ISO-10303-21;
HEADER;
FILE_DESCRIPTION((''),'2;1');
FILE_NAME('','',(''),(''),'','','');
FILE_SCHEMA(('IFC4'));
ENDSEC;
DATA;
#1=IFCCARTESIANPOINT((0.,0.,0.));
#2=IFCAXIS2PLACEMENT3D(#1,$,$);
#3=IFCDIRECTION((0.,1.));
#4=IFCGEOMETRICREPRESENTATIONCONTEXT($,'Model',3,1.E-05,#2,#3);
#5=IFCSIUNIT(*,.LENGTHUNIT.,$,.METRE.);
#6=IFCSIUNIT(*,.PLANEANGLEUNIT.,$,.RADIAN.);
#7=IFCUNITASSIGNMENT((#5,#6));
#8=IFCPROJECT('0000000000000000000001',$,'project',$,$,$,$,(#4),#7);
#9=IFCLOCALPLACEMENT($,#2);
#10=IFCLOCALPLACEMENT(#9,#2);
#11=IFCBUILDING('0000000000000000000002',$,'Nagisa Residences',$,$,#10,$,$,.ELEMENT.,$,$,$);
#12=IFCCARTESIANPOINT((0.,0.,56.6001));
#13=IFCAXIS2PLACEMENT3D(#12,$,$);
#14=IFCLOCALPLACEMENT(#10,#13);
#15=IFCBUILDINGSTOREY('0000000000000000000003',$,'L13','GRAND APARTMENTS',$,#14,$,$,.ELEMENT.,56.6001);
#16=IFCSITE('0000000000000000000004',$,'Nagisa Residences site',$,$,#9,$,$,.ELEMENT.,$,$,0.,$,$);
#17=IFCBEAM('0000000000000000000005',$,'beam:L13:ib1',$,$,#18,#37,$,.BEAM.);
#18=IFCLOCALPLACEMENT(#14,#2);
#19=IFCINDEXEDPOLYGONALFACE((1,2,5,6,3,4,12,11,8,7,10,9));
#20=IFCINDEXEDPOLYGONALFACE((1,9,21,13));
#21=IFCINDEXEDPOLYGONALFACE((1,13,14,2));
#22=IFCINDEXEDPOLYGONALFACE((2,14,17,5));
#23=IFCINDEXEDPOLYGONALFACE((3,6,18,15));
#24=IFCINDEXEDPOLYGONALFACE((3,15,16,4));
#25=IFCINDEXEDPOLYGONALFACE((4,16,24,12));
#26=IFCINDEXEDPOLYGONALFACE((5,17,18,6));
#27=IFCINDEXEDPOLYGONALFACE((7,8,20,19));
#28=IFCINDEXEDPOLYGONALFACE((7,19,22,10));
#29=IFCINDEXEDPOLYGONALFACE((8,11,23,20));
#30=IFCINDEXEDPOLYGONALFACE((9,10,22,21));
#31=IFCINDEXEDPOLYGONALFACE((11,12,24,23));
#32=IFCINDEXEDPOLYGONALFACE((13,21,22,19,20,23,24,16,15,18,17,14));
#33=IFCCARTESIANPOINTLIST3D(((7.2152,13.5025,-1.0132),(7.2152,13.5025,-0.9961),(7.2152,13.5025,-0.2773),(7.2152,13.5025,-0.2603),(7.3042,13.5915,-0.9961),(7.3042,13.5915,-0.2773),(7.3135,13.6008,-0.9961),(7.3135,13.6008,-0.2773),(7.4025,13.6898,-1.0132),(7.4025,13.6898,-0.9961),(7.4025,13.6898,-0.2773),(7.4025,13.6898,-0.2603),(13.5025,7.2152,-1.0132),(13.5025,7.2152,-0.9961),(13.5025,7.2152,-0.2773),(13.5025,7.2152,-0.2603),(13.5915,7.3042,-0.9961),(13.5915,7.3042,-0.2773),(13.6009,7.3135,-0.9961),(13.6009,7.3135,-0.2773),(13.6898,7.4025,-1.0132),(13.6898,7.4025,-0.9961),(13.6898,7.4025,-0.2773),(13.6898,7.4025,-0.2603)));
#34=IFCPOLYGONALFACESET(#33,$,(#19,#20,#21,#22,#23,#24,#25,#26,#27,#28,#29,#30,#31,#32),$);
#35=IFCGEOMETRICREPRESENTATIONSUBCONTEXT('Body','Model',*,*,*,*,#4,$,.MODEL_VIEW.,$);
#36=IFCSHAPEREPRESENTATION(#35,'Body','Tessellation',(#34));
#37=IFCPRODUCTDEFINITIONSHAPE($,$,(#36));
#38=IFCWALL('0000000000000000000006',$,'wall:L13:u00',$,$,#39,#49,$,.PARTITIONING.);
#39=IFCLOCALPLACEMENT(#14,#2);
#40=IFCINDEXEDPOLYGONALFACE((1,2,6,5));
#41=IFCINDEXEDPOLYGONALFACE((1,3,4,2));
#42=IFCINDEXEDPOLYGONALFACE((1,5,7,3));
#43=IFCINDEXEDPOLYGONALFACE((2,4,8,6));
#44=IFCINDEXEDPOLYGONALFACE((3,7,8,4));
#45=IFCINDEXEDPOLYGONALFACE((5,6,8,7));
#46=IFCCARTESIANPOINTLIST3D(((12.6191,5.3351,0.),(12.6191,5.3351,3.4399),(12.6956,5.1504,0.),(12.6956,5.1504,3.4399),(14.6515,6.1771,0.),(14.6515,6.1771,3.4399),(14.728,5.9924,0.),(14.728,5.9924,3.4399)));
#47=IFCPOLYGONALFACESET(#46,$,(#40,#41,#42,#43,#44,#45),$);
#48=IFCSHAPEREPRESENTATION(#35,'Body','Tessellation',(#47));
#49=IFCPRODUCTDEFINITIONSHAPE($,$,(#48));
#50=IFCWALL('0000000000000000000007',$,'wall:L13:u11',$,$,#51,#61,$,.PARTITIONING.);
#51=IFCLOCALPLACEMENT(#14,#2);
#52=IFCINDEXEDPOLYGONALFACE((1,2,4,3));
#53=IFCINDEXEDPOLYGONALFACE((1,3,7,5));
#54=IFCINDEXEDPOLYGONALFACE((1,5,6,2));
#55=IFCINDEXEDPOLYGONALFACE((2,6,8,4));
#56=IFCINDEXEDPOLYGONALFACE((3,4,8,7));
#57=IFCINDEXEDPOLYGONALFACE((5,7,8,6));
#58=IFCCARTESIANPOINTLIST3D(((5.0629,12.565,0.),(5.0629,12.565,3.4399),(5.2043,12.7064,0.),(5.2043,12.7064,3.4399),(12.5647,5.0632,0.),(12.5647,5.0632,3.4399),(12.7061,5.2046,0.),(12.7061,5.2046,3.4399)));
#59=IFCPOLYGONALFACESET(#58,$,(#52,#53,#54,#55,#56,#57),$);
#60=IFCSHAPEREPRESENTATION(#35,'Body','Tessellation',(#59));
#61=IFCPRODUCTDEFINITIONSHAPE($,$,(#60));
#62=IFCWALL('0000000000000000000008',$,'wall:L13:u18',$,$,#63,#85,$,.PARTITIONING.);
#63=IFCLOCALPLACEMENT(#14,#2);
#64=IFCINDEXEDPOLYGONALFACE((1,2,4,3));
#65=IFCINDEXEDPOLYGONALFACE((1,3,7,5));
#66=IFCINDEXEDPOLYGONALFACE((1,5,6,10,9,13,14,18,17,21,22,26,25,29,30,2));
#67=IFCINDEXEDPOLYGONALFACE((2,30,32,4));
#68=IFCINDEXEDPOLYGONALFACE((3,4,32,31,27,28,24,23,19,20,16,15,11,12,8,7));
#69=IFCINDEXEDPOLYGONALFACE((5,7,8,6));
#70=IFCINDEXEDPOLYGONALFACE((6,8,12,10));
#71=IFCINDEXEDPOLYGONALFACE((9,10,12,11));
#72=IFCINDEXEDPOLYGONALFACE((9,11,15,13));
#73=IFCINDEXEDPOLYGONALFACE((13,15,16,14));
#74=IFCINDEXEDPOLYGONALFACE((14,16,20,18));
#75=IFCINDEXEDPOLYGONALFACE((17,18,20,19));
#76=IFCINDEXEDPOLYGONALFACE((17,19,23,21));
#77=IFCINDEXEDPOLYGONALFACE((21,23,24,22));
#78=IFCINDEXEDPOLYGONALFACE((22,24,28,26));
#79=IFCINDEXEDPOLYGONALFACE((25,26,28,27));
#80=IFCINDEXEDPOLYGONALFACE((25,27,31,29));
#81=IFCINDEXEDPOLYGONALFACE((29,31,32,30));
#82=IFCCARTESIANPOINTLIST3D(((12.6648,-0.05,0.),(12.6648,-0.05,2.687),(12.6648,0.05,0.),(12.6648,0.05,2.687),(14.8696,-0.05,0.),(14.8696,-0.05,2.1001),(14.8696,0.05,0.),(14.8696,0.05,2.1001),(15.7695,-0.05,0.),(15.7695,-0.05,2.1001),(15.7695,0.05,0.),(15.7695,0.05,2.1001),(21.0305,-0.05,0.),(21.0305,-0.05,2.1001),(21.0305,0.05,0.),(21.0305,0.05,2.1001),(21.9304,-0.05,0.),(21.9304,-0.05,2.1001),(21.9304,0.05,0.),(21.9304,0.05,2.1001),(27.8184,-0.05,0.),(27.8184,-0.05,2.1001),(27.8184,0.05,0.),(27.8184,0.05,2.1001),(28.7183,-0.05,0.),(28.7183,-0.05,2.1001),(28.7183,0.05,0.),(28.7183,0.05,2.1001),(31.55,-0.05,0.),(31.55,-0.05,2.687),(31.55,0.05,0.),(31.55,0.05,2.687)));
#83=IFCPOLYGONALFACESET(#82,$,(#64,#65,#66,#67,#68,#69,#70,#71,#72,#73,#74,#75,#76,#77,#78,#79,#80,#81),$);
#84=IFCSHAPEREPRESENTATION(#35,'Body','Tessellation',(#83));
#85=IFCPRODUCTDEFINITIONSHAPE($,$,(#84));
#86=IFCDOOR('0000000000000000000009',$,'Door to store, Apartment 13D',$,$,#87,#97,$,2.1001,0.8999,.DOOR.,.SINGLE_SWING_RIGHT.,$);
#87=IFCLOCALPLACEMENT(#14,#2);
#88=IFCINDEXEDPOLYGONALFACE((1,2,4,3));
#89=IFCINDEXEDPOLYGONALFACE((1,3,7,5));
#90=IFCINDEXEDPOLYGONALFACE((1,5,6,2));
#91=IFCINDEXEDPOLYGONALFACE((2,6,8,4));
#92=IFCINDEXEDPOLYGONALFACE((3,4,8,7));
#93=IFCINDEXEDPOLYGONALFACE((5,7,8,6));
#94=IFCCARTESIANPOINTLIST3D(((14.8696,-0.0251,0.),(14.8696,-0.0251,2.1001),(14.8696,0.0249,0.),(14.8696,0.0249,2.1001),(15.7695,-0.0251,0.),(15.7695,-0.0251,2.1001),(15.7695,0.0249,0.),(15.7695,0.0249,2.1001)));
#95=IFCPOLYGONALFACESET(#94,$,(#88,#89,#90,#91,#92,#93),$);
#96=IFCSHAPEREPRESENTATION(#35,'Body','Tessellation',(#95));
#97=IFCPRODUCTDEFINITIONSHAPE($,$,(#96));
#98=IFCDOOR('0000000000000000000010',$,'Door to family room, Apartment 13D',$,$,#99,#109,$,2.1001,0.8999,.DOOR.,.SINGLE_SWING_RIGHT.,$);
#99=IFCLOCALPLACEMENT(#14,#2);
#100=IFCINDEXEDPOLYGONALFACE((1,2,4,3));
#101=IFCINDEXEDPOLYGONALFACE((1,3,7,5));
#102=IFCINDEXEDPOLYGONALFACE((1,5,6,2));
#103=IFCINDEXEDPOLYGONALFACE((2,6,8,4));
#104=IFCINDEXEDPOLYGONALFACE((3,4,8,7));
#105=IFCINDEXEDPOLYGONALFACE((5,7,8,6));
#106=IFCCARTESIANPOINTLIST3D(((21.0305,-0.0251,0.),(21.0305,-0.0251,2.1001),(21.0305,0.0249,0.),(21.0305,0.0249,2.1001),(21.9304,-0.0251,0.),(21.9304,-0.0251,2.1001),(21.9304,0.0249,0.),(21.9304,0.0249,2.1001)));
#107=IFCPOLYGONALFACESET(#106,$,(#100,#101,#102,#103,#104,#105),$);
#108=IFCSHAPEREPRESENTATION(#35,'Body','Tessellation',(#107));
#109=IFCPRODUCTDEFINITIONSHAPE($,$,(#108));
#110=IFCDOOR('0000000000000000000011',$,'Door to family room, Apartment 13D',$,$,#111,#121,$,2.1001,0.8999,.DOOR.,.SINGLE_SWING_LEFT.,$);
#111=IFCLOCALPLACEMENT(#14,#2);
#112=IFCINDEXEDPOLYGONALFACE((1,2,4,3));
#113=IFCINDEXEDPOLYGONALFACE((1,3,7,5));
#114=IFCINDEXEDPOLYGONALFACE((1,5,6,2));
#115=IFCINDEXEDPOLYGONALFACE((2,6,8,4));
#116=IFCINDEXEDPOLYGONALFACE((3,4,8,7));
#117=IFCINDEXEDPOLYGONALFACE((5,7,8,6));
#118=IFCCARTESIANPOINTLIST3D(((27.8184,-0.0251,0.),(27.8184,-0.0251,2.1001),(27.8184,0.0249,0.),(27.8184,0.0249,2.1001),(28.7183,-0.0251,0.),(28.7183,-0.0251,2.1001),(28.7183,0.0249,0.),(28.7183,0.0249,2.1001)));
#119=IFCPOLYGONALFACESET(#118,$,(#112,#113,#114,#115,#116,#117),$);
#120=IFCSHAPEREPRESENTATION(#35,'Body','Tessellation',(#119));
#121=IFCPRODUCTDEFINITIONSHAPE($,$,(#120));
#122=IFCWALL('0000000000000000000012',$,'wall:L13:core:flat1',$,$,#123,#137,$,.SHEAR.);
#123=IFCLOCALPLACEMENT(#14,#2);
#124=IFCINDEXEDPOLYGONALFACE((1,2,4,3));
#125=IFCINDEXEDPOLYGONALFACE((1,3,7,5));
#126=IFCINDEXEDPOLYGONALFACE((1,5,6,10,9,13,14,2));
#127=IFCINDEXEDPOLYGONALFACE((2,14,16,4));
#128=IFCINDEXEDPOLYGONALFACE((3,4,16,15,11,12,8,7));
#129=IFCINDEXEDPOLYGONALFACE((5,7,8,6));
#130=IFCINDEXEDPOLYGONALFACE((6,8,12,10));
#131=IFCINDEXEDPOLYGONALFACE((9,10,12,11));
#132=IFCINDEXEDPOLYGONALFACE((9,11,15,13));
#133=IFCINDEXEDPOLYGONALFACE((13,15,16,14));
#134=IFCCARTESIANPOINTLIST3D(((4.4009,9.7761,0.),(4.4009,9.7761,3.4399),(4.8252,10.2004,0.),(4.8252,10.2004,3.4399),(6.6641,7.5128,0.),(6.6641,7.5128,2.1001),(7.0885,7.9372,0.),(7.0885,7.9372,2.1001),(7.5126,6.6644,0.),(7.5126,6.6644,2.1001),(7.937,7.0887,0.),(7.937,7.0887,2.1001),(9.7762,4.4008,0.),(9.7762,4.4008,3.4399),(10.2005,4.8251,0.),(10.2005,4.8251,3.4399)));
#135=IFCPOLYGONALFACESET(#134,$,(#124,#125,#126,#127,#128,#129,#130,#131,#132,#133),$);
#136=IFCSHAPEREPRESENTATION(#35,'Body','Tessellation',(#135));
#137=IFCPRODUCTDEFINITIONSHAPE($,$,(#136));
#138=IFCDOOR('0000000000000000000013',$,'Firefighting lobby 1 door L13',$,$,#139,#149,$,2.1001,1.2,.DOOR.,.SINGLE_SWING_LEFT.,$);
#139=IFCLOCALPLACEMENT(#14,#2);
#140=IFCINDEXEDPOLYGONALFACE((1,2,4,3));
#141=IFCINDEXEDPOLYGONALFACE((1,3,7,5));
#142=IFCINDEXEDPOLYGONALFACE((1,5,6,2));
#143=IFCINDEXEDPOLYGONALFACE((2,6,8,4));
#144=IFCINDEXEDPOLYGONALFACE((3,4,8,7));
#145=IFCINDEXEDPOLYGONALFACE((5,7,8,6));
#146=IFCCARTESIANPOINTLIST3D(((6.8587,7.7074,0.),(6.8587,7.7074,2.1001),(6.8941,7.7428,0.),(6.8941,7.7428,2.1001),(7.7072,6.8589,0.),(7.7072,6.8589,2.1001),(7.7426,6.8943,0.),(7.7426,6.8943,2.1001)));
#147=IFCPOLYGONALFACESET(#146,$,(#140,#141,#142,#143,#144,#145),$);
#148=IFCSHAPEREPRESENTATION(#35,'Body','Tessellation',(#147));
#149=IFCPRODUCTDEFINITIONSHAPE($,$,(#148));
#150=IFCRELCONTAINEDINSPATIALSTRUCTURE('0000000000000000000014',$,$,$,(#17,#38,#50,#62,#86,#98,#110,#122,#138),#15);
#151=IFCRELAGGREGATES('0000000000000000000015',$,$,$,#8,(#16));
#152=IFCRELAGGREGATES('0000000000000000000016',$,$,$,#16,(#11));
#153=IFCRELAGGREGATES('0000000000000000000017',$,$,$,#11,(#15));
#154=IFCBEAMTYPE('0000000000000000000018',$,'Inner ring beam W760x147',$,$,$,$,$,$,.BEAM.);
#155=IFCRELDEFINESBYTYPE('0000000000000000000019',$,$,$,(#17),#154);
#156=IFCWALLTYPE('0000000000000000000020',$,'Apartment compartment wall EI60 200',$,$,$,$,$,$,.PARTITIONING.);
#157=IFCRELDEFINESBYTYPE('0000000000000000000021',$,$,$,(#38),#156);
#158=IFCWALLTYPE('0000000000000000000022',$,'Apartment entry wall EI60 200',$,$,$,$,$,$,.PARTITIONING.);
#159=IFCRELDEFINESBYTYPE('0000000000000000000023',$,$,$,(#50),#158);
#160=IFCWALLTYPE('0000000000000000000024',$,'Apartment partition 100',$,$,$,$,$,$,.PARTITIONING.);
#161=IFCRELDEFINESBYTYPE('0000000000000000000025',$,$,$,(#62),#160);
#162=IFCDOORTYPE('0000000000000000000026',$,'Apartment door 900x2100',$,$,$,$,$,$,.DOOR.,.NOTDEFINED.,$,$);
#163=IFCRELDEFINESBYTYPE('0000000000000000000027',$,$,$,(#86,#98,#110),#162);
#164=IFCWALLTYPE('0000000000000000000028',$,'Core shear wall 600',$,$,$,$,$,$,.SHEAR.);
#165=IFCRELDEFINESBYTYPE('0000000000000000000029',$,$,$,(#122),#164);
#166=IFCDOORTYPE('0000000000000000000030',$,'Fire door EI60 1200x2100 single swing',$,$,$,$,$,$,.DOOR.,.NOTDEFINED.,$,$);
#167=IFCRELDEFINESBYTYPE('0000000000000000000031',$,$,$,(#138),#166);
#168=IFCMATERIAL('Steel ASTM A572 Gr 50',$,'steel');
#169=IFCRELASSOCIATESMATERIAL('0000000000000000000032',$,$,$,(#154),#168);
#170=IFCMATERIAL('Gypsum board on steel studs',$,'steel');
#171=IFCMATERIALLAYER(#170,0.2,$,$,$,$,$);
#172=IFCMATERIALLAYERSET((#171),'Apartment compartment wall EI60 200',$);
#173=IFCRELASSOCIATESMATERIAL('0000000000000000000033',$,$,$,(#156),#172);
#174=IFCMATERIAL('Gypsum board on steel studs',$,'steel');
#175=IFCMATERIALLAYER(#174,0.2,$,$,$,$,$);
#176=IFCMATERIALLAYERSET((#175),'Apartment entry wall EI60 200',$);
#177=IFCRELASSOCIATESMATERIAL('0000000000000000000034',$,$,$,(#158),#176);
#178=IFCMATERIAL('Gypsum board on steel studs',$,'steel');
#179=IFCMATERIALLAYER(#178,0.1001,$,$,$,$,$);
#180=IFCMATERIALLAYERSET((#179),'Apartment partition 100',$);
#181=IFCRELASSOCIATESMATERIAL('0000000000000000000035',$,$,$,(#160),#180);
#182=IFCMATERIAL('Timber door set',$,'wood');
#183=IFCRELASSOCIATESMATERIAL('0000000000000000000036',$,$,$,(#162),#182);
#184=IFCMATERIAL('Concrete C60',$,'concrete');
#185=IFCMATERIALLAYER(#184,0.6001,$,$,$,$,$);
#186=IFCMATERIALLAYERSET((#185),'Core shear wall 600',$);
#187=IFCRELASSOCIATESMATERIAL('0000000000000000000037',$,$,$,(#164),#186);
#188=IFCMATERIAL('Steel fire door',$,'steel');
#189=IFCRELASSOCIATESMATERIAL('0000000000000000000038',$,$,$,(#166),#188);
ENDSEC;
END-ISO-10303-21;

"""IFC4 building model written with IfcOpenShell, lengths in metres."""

from ifc_helpers import new_model, si_unit, direction, frame, frame_2d, origin, origin_2d, place, context, subcontext, project, spatial, rectangle, i_section, extrude, material, layer, layer_set, material_profile, profile_set, type_object, element, fill, save


model = new_model("IFC4")

# Units and contexts
model_context = context("Model", 3, precision=1e-05, world=origin(), true_north=direction((0.0, 1.0)))
body_context = subcontext(model_context, "Body", "Model", "MODEL_VIEW")
ifc_project = project(units=[si_unit("LENGTHUNIT", "METRE"), si_unit("PLANEANGLEUNIT", "RADIAN")], contexts=[model_context])

# Site, building, storey
site_placement = place(None, origin())
site = spatial("IfcSite", under=ifc_project, at=site_placement, Name="Nagisa Residences site", CompositionType="ELEMENT", RefElevation=0.0)
building_placement = place(site_placement, origin())
building = spatial("IfcBuilding", under=site, at=building_placement, Name="Nagisa Residences", CompositionType="ELEMENT")
storey_placement = place(building_placement, frame((0.0, 0.0, 56.6001)))
storey = spatial("IfcBuildingStorey", under=building, at=storey_placement, Name="L13", Description="GRAND APARTMENTS", CompositionType="ELEMENT", Elevation=56.6001)

# Beam
ifc_material_1 = material(Name="Steel ASTM A572 Gr 50", Category="steel")
ifc_material_profile = material_profile(ifc_material_1, i_section(OverallWidth=0.2649, OverallDepth=0.7529, WebThickness=0.0132, FlangeThickness=0.0171, at=origin_2d()), Name="W760x147")
ifc_profile_set = profile_set([ifc_material_profile], Name="Steel ASTM A572 Gr 50")
beam_type = type_object("IfcBeamType", Name="Inner ring beam W760x147", PredefinedType="BEAM", material=ifc_profile_set)
beam_placement = place(storey_placement, frame((13.5962, 7.3088, -0.6367), z_axis=(-0.707107, 0.707107, 0.0), x_axis=(-0.707107, -0.707107, 0.0)))
element("IfcBeam", 1, at=beam_placement, inside=storey, type_object=beam_type, Name="beam:L13:ib1", PredefinedType="BEAM", context=body_context, shape_type="SweptSolid", body=[
    extrude(i_section(OverallWidth=0.2649, OverallDepth=0.7529, WebThickness=0.0132, FlangeThickness=0.0171, at=origin_2d()), origin(), (0.0, 0.0, 1.0), 8.8916),
])

# Walls
ifc_material_2 = material(Name="Gypsum board on steel studs", Category="steel")
ifc_layer_1 = layer(ifc_material_2, 0.2)
ifc_layer_set_1 = layer_set([ifc_layer_1], Name="Apartment compartment wall EI60 200")
wall_type_1 = type_object("IfcWallType", Name="Apartment compartment wall EI60 200", PredefinedType="PARTITIONING", material=ifc_layer_set_1)
wall_1_placement = place(storey_placement, frame((12.6572, 5.2427, 0.0), z_axis=(0.0, 0.0, 1.0), x_axis=(0.923853, 0.382747, 0.0)))
element("IfcWall", 2, at=wall_1_placement, inside=storey, type_object=wall_type_1, Name="wall:L13:u00", PredefinedType="PARTITIONING", context=body_context, shape_type="SweptSolid", body=[
    extrude(rectangle(XDim=2.2, YDim=0.2, at=frame_2d((1.1001, 0.0))), origin(), (0.0, 0.0, 1.0), 3.4399),
])
ifc_material_3 = material(Name="Gypsum board on steel studs", Category="steel")
ifc_layer_2 = layer(ifc_material_3, 0.2)
ifc_layer_set_2 = layer_set([ifc_layer_2], Name="Apartment entry wall EI60 200")
wall_type_2 = type_object("IfcWallType", Name="Apartment entry wall EI60 200", PredefinedType="PARTITIONING", material=ifc_layer_set_2)
wall_2_placement = place(storey_placement, frame((12.6355, 5.1338, 0.0), z_axis=(0.0, 0.0, 1.0), x_axis=(-0.707107, 0.707107, 0.0)))
element("IfcWall", 3, at=wall_2_placement, inside=storey, type_object=wall_type_2, Name="wall:L13:u11", PredefinedType="PARTITIONING", context=body_context, shape_type="SweptSolid", body=[
    extrude(rectangle(XDim=10.6091, YDim=0.2, at=frame_2d((5.3047, 0.0))), origin(), (0.0, 0.0, 1.0), 3.4399),
])

# Wall, openings, doors
ifc_material_4 = material(Name="Gypsum board on steel studs", Category="steel")
ifc_layer_3 = layer(ifc_material_4, 0.1001)
ifc_layer_set_3 = layer_set([ifc_layer_3], Name="Apartment partition 100")
wall_type_3 = type_object("IfcWallType", Name="Apartment partition 100", PredefinedType="PARTITIONING", material=ifc_layer_set_3)
wall_3_placement = place(storey_placement, frame((12.6648, 0.0, 0.0), z_axis=(0.0, 0.0, 1.0), x_axis=(1.0, 0.0, 0.0)))
wall_3 = element("IfcWall", 4, at=wall_3_placement, inside=storey, type_object=wall_type_3, Name="wall:L13:u18", PredefinedType="PARTITIONING", context=body_context, shape_type="SweptSolid", body=[
    extrude(rectangle(XDim=18.8853, YDim=0.1001, at=frame_2d((9.4426, 0.0))), origin(), (0.0, 0.0, 1.0), 2.687),
])
opening_1_placement = place(wall_3_placement, frame((2.2048, 0.0, 0.0)))
opening_1 = element("IfcOpeningElement", 5, at=opening_1_placement, cuts=wall_3, PredefinedType="OPENING", context=body_context, shape_type="SweptSolid", body=[
    extrude(rectangle(XDim=0.8999, YDim=2.1001, at=frame_2d((0.45, 1.05))), frame((0.0, 0.0601, 0.0), z_axis=(0.0, -1.0, 0.0), x_axis=(1.0, 0.0, 0.0)), (0.0, 0.0, 1.0), 0.1201),
])
opening_2_placement = place(wall_3_placement, frame((8.3657, 0.0, 0.0)))
opening_2 = element("IfcOpeningElement", 6, at=opening_2_placement, cuts=wall_3, PredefinedType="OPENING", context=body_context, shape_type="SweptSolid", body=[
    extrude(rectangle(XDim=0.8999, YDim=2.1001, at=frame_2d((0.45, 1.05))), frame((0.0, 0.0601, 0.0), z_axis=(0.0, -1.0, 0.0), x_axis=(1.0, 0.0, 0.0)), (0.0, 0.0, 1.0), 0.1201),
])
opening_3_placement = place(wall_3_placement, frame((15.1536, 0.0, 0.0)))
opening_3 = element("IfcOpeningElement", 7, at=opening_3_placement, cuts=wall_3, PredefinedType="OPENING", context=body_context, shape_type="SweptSolid", body=[
    extrude(rectangle(XDim=0.8999, YDim=2.1001, at=frame_2d((0.45, 1.05))), frame((0.0, 0.0601, 0.0), z_axis=(0.0, -1.0, 0.0), x_axis=(1.0, 0.0, 0.0)), (0.0, 0.0, 1.0), 0.1201),
])
ifc_material_5 = material(Name="Timber door set", Category="wood")
door_type_1 = type_object("IfcDoorType", Name="Apartment door 900x2100", OperationType="NOTDEFINED", PredefinedType="DOOR", material=ifc_material_5)
door_1_placement = place(opening_1_placement, origin())
door_1 = element("IfcDoor", 8, at=door_1_placement, inside=storey, type_object=door_type_1, Name="Door to store, Apartment 13D", OperationType="SINGLE_SWING_RIGHT", OverallHeight=2.1001, OverallWidth=0.8999, PredefinedType="DOOR", context=body_context, shape_type="SweptSolid", body=[
    extrude(rectangle(XDim=0.8999, YDim=2.1001, at=frame_2d((0.45, 1.05))), frame((0.0, 0.0249, 0.0), z_axis=(0.0, -1.0, 0.0), x_axis=(1.0, 0.0, 0.0)), (0.0, 0.0, 1.0), 0.05),
])
fill(opening_1, door_1)
door_2_placement = place(opening_2_placement, origin())
door_2 = element("IfcDoor", 9, at=door_2_placement, inside=storey, type_object=door_type_1, Name="Door to family room, Apartment 13D", OperationType="SINGLE_SWING_RIGHT", OverallHeight=2.1001, OverallWidth=0.8999, PredefinedType="DOOR", context=body_context, shape_type="SweptSolid", body=[
    extrude(rectangle(XDim=0.8999, YDim=2.1001, at=frame_2d((0.45, 1.05))), frame((0.0, 0.0249, 0.0), z_axis=(0.0, -1.0, 0.0), x_axis=(1.0, 0.0, 0.0)), (0.0, 0.0, 1.0), 0.05),
])
fill(opening_2, door_2)
door_3_placement = place(opening_3_placement, origin())
door_3 = element("IfcDoor", 10, at=door_3_placement, inside=storey, type_object=door_type_1, Name="Door to family room, Apartment 13D", OperationType="SINGLE_SWING_LEFT", OverallHeight=2.1001, OverallWidth=0.8999, PredefinedType="DOOR", context=body_context, shape_type="SweptSolid", body=[
    extrude(rectangle(XDim=0.8999, YDim=2.1001, at=frame_2d((0.45, 1.05))), frame((0.0, 0.0249, 0.0), z_axis=(0.0, -1.0, 0.0), x_axis=(1.0, 0.0, 0.0)), (0.0, 0.0, 1.0), 0.05),
])
fill(opening_3, door_3)

# Wall, opening, door
ifc_material_6 = material(Name="Concrete C60", Category="concrete")
ifc_layer_4 = layer(ifc_material_6, 0.6001)
ifc_layer_set_4 = layer_set([ifc_layer_4], Name="Core shear wall 600")
wall_type_4 = type_object("IfcWallType", Name="Core shear wall 600", PredefinedType="SHEAR", material=ifc_layer_set_4)
wall_4_placement = place(storey_placement, frame((9.9883, 4.613, 0.0), z_axis=(0.0, 0.0, 1.0), x_axis=(-0.707107, 0.707107, 0.0)))
wall_4 = element("IfcWall", 11, at=wall_4_placement, inside=storey, type_object=wall_type_4, Name="wall:L13:core:flat1", PredefinedType="SHEAR", context=body_context, shape_type="SweptSolid", body=[
    extrude(rectangle(XDim=7.6018, YDim=0.6001, at=frame_2d((3.8008, 0.0))), origin(), (0.0, 0.0, 1.0), 3.4399),
])
opening_4_placement = place(wall_4_placement, frame((3.2009, 0.0, 0.0)))
opening_4 = element("IfcOpeningElement", 12, at=opening_4_placement, cuts=wall_4, PredefinedType="OPENING", context=body_context, shape_type="SweptSolid", body=[
    extrude(rectangle(XDim=1.2, YDim=2.1001, at=frame_2d((0.6001, 1.05))), frame((0.0, 0.3101, 0.0), z_axis=(0.0, -1.0, 0.0), x_axis=(1.0, 0.0, 0.0)), (0.0, 0.0, 1.0), 0.6201),
])
ifc_material_7 = material(Name="Steel fire door", Category="steel")
door_type_2 = type_object("IfcDoorType", Name="Fire door EI60 1200x2100 single swing", OperationType="NOTDEFINED", PredefinedType="DOOR", material=ifc_material_7)
door_4_placement = place(opening_4_placement, origin())
door_4 = element("IfcDoor", 13, at=door_4_placement, inside=storey, type_object=door_type_2, Name="Firefighting lobby 1 door L13", OperationType="SINGLE_SWING_LEFT", OverallHeight=2.1001, OverallWidth=1.2, PredefinedType="DOOR", context=body_context, shape_type="SweptSolid", body=[
    extrude(rectangle(XDim=1.2, YDim=2.1001, at=frame_2d((0.6001, 1.05))), frame((0.0, 0.0249, 0.0), z_axis=(0.0, -1.0, 0.0), x_axis=(1.0, 0.0, 0.0)), (0.0, 0.0, 1.0), 0.05),
])
fill(opening_4, door_4)

save(model, "model.ifc")
